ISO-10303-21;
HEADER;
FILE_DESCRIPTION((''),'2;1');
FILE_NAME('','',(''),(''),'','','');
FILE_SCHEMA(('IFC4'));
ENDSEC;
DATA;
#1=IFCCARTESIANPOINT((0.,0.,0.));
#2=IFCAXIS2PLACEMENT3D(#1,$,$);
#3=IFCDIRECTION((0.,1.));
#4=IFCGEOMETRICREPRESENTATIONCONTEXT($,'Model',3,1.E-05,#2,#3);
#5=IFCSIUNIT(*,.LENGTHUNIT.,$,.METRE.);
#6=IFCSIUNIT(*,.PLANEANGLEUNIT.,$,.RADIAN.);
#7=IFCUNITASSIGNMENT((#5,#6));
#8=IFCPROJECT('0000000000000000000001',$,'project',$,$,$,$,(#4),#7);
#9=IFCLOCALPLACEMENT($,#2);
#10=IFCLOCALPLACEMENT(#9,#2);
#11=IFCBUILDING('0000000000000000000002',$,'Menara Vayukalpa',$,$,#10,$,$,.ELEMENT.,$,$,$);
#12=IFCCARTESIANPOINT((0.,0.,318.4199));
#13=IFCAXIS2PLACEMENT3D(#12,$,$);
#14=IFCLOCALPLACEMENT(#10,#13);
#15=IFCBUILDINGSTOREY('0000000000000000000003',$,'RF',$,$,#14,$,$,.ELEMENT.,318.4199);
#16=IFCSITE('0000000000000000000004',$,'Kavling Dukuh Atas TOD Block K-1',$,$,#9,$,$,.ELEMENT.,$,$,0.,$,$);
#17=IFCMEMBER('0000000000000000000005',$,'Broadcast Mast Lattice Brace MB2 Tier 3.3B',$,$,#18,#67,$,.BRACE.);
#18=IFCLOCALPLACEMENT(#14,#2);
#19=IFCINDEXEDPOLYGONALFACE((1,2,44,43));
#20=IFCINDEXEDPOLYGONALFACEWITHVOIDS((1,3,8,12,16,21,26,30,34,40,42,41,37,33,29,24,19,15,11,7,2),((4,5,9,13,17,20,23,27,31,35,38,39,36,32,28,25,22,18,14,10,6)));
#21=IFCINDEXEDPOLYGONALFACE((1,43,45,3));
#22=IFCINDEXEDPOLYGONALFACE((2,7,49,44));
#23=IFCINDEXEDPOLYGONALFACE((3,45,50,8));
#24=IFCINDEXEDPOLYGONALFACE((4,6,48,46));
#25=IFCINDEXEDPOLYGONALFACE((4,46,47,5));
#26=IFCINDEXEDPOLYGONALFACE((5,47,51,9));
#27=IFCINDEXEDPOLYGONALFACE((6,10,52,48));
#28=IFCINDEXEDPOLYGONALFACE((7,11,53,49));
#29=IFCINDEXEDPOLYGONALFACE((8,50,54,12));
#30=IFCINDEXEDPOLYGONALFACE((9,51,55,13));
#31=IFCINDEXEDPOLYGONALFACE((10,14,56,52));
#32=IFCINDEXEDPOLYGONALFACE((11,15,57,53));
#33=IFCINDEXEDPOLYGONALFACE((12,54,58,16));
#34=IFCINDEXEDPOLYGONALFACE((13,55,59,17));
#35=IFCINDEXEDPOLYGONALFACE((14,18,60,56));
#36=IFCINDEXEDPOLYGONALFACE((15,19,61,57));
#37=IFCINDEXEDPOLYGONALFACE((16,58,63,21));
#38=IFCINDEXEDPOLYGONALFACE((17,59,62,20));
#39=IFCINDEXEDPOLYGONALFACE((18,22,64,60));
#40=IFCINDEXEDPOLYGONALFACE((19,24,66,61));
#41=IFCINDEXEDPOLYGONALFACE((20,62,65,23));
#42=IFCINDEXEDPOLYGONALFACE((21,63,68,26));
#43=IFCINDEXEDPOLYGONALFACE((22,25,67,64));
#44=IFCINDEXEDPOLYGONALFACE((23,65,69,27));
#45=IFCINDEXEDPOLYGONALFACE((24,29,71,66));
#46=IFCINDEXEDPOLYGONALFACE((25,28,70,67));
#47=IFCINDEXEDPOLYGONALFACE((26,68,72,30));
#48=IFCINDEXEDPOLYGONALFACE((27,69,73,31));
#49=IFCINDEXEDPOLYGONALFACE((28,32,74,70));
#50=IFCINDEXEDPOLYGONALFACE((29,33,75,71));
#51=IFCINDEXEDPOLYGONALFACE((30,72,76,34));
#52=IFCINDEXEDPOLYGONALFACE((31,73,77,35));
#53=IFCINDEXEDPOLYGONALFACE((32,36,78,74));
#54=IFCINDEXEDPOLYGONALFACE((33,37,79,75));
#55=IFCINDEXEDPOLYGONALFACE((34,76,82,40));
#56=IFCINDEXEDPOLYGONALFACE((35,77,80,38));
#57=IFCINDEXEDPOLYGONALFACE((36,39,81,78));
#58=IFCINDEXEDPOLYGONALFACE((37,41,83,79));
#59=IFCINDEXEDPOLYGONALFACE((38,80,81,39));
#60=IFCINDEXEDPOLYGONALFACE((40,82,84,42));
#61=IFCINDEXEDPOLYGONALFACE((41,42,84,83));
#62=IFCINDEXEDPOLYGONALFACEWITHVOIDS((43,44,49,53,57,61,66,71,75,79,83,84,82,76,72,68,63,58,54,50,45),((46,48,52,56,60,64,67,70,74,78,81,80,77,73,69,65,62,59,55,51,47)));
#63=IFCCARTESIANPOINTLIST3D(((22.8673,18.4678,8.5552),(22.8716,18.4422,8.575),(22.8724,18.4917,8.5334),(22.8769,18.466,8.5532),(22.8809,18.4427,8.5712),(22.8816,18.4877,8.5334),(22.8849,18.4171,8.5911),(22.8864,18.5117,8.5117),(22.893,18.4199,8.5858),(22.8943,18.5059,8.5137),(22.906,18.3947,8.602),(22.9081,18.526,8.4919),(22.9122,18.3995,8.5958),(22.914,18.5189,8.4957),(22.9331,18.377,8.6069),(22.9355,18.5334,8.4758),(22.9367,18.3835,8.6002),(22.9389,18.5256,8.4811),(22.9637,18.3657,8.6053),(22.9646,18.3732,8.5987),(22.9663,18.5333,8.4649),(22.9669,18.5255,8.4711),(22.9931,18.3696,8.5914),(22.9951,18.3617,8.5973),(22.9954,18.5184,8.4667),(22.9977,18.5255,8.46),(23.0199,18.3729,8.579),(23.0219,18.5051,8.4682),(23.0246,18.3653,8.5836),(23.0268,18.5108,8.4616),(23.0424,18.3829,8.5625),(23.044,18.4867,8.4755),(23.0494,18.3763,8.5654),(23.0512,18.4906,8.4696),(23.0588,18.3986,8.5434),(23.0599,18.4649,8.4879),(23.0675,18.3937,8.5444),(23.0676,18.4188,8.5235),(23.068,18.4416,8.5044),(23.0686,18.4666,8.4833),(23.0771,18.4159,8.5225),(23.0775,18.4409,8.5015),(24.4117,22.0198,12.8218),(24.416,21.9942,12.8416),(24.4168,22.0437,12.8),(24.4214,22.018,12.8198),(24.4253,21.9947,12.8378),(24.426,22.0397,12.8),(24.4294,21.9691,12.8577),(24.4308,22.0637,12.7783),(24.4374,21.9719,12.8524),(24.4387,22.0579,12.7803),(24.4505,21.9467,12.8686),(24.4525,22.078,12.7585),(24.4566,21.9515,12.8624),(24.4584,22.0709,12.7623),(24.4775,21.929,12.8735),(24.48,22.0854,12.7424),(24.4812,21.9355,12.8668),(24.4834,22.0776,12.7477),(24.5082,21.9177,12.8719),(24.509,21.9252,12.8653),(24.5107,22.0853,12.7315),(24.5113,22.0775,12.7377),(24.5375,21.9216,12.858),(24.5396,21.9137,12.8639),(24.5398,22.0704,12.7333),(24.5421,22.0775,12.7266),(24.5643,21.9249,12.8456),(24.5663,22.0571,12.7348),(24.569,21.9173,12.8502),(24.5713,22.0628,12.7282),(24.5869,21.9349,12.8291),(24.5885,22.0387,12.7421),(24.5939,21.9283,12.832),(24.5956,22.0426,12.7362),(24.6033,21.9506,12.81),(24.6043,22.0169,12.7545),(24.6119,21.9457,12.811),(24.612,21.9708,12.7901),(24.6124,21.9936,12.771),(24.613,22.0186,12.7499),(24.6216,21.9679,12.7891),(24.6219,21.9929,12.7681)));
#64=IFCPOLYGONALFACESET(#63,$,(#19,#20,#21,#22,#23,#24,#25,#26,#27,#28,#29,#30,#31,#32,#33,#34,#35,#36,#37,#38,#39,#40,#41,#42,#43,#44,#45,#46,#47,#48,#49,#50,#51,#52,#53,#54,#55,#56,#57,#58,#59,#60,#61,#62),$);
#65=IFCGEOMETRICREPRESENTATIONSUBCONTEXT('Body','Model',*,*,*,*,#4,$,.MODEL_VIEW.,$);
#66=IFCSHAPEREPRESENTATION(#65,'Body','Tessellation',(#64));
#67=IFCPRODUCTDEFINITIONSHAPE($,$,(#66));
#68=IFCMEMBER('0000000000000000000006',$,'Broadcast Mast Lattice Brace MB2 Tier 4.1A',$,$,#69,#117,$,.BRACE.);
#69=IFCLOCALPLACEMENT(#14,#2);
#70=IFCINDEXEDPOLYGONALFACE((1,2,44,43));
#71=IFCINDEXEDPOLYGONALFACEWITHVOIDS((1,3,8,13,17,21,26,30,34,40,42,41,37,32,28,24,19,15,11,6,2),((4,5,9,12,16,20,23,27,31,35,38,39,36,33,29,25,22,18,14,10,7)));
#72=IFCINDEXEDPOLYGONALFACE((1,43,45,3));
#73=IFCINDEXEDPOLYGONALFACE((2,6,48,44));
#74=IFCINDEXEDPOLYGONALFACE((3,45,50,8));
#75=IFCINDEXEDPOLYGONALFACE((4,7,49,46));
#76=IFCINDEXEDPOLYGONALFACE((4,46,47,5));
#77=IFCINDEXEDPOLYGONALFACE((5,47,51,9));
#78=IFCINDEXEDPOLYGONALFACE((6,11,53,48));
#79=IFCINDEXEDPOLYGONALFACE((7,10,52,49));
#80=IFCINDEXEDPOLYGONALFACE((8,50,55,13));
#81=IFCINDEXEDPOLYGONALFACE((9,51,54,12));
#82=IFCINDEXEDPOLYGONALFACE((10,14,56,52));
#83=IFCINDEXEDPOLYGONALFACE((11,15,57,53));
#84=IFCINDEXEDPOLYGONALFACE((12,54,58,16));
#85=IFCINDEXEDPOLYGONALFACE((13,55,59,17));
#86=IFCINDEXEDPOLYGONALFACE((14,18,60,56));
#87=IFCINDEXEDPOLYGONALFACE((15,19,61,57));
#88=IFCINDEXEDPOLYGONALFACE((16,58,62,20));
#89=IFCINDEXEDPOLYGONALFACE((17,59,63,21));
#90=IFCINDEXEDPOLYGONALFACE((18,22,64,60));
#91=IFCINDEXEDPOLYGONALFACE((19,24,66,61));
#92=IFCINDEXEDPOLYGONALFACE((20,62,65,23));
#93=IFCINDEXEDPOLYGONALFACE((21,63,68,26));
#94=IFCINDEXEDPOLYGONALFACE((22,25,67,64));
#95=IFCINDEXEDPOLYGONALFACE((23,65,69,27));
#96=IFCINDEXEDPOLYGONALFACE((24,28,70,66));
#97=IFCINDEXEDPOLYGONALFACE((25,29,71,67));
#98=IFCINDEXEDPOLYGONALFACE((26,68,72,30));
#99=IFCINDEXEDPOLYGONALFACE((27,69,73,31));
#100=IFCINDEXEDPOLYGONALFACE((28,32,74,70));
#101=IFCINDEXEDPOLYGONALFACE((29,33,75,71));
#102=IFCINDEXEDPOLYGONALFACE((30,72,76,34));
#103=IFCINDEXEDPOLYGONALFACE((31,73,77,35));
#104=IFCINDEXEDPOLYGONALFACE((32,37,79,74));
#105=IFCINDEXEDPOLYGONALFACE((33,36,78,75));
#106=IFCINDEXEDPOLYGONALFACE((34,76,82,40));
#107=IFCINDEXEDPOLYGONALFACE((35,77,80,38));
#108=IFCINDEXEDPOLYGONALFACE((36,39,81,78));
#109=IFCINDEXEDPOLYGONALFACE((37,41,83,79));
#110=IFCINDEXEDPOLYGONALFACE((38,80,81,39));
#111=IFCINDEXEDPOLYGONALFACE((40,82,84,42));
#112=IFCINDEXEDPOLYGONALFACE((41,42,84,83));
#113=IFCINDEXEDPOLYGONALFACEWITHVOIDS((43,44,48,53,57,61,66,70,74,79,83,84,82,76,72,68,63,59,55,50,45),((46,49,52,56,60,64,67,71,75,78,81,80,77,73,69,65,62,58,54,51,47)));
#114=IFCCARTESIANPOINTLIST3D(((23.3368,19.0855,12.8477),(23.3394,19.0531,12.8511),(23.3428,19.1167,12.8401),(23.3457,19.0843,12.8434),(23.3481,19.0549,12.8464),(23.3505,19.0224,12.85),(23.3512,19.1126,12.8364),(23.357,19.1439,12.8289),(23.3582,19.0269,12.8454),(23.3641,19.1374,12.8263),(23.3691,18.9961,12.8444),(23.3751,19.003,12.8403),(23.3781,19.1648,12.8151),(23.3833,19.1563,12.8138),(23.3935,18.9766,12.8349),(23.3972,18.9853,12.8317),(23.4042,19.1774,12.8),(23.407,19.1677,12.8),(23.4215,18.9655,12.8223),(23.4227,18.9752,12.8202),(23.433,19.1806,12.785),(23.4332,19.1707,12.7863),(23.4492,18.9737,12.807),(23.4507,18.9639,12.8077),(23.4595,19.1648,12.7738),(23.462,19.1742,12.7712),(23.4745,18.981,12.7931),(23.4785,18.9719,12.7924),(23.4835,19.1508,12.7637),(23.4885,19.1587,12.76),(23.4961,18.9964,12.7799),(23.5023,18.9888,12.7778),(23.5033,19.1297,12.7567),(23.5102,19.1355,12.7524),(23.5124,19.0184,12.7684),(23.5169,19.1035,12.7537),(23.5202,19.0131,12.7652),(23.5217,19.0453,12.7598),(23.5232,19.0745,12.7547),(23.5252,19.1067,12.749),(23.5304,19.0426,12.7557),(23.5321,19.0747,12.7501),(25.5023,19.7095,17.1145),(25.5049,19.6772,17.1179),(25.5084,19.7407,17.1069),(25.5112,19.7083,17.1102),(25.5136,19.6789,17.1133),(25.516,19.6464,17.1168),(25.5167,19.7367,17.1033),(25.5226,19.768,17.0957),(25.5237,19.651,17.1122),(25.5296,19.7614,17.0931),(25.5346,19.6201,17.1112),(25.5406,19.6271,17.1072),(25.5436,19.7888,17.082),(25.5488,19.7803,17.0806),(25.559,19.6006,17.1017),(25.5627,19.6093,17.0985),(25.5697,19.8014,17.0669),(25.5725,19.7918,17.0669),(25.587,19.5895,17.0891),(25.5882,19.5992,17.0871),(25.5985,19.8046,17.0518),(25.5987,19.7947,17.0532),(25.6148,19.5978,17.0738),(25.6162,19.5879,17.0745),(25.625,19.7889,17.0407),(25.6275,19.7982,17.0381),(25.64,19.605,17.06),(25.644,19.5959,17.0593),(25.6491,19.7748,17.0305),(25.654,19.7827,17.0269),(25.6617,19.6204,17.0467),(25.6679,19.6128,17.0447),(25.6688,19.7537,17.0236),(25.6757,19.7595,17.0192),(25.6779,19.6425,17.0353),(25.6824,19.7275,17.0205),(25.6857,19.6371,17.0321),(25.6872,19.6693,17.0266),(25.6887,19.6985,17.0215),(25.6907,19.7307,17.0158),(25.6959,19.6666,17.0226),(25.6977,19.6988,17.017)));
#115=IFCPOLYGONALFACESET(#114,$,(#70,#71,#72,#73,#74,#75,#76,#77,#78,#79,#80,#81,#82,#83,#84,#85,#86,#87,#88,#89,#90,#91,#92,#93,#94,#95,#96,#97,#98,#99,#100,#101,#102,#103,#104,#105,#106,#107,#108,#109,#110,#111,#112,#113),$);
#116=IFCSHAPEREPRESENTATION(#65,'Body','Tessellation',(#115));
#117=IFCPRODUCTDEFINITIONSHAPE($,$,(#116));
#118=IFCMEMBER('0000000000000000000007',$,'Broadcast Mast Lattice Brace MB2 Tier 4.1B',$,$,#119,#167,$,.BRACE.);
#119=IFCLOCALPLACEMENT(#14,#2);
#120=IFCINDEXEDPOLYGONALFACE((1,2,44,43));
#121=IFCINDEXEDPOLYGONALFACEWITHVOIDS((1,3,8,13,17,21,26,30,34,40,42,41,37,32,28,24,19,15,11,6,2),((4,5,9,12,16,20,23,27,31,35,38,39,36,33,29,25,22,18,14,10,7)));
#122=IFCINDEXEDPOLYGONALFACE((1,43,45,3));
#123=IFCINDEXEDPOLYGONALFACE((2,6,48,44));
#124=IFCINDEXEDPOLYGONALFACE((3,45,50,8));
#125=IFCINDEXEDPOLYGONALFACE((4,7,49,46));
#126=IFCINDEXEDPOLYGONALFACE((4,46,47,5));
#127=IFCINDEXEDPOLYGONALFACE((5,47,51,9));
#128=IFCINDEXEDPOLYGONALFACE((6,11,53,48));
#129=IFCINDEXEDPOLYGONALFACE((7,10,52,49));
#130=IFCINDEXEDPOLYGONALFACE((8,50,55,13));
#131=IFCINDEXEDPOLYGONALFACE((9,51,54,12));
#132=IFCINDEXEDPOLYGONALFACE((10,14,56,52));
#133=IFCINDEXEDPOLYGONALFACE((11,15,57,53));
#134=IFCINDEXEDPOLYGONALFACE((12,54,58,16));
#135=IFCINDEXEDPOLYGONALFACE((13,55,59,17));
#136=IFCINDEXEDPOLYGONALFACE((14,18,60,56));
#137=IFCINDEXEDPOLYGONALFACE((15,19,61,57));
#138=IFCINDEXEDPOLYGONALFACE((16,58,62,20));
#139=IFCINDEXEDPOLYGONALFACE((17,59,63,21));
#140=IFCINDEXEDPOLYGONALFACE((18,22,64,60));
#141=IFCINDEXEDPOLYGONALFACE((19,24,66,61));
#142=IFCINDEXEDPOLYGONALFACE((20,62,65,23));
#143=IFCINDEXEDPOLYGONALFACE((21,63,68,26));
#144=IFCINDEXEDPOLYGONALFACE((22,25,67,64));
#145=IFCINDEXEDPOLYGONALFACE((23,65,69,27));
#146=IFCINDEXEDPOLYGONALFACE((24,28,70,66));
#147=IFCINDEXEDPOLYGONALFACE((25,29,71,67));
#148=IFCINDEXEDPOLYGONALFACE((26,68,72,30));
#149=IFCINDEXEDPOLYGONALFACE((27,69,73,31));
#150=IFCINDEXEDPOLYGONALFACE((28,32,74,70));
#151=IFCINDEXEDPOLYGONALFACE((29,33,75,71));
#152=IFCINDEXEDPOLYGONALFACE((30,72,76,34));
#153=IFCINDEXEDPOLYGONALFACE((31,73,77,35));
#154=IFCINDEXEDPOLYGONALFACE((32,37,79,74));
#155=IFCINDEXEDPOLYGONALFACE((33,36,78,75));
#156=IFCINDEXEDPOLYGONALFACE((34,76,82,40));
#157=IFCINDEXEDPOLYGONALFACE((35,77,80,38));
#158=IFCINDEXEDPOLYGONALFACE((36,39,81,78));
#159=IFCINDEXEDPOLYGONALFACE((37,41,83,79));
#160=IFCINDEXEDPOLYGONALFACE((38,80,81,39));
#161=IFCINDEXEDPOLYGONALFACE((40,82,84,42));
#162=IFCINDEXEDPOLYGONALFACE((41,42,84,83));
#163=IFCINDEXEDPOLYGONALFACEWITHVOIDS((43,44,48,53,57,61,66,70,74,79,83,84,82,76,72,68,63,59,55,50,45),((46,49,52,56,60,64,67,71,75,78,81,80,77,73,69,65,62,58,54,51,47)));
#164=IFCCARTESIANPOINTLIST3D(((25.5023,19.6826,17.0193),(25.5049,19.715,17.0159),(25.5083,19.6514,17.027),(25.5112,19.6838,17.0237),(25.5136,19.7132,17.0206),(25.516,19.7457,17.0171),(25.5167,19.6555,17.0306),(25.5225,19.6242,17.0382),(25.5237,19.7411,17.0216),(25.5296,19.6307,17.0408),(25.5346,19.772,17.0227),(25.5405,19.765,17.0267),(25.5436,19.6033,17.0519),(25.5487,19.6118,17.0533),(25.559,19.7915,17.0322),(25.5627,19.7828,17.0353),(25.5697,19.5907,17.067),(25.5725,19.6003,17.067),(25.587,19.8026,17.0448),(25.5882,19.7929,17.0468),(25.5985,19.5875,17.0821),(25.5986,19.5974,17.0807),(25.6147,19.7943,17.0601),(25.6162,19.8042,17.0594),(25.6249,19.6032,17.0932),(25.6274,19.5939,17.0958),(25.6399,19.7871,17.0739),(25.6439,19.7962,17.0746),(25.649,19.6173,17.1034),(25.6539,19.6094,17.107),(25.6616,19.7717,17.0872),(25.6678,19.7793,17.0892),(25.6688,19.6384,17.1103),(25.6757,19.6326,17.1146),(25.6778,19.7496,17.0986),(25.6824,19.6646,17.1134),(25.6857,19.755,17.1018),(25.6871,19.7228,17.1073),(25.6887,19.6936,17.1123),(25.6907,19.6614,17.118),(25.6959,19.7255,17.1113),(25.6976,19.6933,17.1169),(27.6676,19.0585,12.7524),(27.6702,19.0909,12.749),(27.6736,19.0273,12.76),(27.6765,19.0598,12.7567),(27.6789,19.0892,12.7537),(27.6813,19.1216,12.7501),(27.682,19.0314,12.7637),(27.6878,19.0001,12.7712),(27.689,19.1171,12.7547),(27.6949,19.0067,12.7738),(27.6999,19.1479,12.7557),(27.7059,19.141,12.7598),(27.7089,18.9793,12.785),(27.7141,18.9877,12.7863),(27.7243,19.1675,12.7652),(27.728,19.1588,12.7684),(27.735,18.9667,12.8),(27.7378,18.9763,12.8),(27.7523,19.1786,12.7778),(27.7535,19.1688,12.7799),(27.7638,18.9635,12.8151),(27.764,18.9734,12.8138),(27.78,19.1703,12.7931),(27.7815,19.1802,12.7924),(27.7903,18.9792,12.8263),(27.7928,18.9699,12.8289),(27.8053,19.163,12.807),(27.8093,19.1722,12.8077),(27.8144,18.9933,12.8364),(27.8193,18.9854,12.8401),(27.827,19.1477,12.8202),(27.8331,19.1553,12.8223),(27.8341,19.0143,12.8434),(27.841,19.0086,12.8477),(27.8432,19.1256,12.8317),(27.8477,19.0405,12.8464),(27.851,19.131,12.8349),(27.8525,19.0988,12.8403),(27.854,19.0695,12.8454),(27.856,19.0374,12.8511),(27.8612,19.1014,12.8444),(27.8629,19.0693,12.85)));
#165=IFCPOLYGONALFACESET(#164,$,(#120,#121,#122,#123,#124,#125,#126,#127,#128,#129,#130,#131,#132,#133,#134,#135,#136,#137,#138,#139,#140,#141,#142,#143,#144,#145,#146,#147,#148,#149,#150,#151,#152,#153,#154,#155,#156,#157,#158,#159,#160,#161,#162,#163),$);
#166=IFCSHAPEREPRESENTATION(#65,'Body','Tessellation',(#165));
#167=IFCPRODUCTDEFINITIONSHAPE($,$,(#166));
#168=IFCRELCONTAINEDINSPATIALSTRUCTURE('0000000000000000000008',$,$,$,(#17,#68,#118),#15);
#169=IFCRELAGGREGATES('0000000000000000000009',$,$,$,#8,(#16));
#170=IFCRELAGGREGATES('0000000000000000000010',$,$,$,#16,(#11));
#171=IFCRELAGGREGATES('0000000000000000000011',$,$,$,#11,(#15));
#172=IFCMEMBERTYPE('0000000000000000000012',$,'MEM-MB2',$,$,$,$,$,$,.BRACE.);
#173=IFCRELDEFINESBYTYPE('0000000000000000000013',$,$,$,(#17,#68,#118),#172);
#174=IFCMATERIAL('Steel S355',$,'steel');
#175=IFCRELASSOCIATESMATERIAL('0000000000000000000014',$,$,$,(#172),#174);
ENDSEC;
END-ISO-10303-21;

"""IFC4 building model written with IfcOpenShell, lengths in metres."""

from ifc_helpers import new_model, si_unit, direction, frame, origin, origin_2d, place, context, subcontext, project, spatial, hollow_circle, extrude, material, material_profile, profile_set, type_object, element, save


model = new_model("IFC4")

# Units and contexts
model_context = context("Model", 3, precision=1e-05, world=origin(), true_north=direction((0.0, 1.0)))
body_context = subcontext(model_context, "Body", "Model", "MODEL_VIEW")
ifc_project = project(units=[si_unit("LENGTHUNIT", "METRE"), si_unit("PLANEANGLEUNIT", "RADIAN")], contexts=[model_context])

# Site, building, storey
site_placement = place(None, origin())
site = spatial("IfcSite", under=ifc_project, at=site_placement, Name="Kavling Dukuh Atas TOD Block K-1", CompositionType="ELEMENT", RefElevation=0.0)
building_placement = place(site_placement, origin())
building = spatial("IfcBuilding", under=site, at=building_placement, Name="Menara Vayukalpa", CompositionType="ELEMENT")
storey_placement = place(building_placement, frame((0.0, 0.0, 318.4199)))
storey = spatial("IfcBuildingStorey", under=building, at=storey_placement, Name="RF", CompositionType="ELEMENT", Elevation=318.4199)

# Members
ifc_material_1 = material(Name="Steel S355", Category="steel")
ifc_material_profile_1 = material_profile(ifc_material_1, hollow_circle(Radius=0.1096, WallThickness=0.01, at=origin_2d()), Name="CHS 219.1x10")
ifc_profile_set_1 = profile_set([ifc_material_profile_1], Name="Steel S355")
member_type_1 = type_object("IfcMemberType", Name="MEM-MB2", PredefinedType="BRACE", material=ifc_profile_set_1)
member_1_placement = place(storey_placement, frame((22.9729, 18.448, 8.5334), z_axis=(0.268017, 0.616404, 0.740414), x_axis=(-0.917062, 0.398745, 0.0)))
element("IfcMember", 1, at=member_1_placement, inside=storey, type_object=member_type_1, Name="Broadcast Mast Lattice Brace MB2 Tier 3.3B", PredefinedType="BRACE", context=body_context, shape_type="SweptSolid", body=[
    extrude(hollow_circle(Radius=0.1096, WallThickness=0.01, at=origin_2d()), origin(), (0.0, 0.0, 1.0), 5.7625),
])
for number, where, z_axis, x_axis, name in (
    (2, (23.4346, 19.072, 12.8), (0.448773, 0.129319, 0.884239), (-0.276895, 0.9609, 0.0), "Broadcast Mast Lattice Brace MB2 Tier 4.1A"),
    (3, (27.7654, 19.072, 12.8), (-0.448732, 0.129322, 0.88426), (-0.276924, -0.960892, 0.0), "Broadcast Mast Lattice Brace MB2 Tier 4.1B"),
):
    element("IfcMember", number, at=place(storey_placement, frame(where, z_axis=z_axis, x_axis=x_axis)), inside=storey, type_object=member_type_1, Name=name, PredefinedType="BRACE", context=body_context, shape_type="SweptSolid", body=[
        extrude(hollow_circle(Radius=0.1096, WallThickness=0.01, at=origin_2d()), origin(), (0.0, 0.0, 1.0), 4.8254),
    ])

save(model, "model.ifc")
